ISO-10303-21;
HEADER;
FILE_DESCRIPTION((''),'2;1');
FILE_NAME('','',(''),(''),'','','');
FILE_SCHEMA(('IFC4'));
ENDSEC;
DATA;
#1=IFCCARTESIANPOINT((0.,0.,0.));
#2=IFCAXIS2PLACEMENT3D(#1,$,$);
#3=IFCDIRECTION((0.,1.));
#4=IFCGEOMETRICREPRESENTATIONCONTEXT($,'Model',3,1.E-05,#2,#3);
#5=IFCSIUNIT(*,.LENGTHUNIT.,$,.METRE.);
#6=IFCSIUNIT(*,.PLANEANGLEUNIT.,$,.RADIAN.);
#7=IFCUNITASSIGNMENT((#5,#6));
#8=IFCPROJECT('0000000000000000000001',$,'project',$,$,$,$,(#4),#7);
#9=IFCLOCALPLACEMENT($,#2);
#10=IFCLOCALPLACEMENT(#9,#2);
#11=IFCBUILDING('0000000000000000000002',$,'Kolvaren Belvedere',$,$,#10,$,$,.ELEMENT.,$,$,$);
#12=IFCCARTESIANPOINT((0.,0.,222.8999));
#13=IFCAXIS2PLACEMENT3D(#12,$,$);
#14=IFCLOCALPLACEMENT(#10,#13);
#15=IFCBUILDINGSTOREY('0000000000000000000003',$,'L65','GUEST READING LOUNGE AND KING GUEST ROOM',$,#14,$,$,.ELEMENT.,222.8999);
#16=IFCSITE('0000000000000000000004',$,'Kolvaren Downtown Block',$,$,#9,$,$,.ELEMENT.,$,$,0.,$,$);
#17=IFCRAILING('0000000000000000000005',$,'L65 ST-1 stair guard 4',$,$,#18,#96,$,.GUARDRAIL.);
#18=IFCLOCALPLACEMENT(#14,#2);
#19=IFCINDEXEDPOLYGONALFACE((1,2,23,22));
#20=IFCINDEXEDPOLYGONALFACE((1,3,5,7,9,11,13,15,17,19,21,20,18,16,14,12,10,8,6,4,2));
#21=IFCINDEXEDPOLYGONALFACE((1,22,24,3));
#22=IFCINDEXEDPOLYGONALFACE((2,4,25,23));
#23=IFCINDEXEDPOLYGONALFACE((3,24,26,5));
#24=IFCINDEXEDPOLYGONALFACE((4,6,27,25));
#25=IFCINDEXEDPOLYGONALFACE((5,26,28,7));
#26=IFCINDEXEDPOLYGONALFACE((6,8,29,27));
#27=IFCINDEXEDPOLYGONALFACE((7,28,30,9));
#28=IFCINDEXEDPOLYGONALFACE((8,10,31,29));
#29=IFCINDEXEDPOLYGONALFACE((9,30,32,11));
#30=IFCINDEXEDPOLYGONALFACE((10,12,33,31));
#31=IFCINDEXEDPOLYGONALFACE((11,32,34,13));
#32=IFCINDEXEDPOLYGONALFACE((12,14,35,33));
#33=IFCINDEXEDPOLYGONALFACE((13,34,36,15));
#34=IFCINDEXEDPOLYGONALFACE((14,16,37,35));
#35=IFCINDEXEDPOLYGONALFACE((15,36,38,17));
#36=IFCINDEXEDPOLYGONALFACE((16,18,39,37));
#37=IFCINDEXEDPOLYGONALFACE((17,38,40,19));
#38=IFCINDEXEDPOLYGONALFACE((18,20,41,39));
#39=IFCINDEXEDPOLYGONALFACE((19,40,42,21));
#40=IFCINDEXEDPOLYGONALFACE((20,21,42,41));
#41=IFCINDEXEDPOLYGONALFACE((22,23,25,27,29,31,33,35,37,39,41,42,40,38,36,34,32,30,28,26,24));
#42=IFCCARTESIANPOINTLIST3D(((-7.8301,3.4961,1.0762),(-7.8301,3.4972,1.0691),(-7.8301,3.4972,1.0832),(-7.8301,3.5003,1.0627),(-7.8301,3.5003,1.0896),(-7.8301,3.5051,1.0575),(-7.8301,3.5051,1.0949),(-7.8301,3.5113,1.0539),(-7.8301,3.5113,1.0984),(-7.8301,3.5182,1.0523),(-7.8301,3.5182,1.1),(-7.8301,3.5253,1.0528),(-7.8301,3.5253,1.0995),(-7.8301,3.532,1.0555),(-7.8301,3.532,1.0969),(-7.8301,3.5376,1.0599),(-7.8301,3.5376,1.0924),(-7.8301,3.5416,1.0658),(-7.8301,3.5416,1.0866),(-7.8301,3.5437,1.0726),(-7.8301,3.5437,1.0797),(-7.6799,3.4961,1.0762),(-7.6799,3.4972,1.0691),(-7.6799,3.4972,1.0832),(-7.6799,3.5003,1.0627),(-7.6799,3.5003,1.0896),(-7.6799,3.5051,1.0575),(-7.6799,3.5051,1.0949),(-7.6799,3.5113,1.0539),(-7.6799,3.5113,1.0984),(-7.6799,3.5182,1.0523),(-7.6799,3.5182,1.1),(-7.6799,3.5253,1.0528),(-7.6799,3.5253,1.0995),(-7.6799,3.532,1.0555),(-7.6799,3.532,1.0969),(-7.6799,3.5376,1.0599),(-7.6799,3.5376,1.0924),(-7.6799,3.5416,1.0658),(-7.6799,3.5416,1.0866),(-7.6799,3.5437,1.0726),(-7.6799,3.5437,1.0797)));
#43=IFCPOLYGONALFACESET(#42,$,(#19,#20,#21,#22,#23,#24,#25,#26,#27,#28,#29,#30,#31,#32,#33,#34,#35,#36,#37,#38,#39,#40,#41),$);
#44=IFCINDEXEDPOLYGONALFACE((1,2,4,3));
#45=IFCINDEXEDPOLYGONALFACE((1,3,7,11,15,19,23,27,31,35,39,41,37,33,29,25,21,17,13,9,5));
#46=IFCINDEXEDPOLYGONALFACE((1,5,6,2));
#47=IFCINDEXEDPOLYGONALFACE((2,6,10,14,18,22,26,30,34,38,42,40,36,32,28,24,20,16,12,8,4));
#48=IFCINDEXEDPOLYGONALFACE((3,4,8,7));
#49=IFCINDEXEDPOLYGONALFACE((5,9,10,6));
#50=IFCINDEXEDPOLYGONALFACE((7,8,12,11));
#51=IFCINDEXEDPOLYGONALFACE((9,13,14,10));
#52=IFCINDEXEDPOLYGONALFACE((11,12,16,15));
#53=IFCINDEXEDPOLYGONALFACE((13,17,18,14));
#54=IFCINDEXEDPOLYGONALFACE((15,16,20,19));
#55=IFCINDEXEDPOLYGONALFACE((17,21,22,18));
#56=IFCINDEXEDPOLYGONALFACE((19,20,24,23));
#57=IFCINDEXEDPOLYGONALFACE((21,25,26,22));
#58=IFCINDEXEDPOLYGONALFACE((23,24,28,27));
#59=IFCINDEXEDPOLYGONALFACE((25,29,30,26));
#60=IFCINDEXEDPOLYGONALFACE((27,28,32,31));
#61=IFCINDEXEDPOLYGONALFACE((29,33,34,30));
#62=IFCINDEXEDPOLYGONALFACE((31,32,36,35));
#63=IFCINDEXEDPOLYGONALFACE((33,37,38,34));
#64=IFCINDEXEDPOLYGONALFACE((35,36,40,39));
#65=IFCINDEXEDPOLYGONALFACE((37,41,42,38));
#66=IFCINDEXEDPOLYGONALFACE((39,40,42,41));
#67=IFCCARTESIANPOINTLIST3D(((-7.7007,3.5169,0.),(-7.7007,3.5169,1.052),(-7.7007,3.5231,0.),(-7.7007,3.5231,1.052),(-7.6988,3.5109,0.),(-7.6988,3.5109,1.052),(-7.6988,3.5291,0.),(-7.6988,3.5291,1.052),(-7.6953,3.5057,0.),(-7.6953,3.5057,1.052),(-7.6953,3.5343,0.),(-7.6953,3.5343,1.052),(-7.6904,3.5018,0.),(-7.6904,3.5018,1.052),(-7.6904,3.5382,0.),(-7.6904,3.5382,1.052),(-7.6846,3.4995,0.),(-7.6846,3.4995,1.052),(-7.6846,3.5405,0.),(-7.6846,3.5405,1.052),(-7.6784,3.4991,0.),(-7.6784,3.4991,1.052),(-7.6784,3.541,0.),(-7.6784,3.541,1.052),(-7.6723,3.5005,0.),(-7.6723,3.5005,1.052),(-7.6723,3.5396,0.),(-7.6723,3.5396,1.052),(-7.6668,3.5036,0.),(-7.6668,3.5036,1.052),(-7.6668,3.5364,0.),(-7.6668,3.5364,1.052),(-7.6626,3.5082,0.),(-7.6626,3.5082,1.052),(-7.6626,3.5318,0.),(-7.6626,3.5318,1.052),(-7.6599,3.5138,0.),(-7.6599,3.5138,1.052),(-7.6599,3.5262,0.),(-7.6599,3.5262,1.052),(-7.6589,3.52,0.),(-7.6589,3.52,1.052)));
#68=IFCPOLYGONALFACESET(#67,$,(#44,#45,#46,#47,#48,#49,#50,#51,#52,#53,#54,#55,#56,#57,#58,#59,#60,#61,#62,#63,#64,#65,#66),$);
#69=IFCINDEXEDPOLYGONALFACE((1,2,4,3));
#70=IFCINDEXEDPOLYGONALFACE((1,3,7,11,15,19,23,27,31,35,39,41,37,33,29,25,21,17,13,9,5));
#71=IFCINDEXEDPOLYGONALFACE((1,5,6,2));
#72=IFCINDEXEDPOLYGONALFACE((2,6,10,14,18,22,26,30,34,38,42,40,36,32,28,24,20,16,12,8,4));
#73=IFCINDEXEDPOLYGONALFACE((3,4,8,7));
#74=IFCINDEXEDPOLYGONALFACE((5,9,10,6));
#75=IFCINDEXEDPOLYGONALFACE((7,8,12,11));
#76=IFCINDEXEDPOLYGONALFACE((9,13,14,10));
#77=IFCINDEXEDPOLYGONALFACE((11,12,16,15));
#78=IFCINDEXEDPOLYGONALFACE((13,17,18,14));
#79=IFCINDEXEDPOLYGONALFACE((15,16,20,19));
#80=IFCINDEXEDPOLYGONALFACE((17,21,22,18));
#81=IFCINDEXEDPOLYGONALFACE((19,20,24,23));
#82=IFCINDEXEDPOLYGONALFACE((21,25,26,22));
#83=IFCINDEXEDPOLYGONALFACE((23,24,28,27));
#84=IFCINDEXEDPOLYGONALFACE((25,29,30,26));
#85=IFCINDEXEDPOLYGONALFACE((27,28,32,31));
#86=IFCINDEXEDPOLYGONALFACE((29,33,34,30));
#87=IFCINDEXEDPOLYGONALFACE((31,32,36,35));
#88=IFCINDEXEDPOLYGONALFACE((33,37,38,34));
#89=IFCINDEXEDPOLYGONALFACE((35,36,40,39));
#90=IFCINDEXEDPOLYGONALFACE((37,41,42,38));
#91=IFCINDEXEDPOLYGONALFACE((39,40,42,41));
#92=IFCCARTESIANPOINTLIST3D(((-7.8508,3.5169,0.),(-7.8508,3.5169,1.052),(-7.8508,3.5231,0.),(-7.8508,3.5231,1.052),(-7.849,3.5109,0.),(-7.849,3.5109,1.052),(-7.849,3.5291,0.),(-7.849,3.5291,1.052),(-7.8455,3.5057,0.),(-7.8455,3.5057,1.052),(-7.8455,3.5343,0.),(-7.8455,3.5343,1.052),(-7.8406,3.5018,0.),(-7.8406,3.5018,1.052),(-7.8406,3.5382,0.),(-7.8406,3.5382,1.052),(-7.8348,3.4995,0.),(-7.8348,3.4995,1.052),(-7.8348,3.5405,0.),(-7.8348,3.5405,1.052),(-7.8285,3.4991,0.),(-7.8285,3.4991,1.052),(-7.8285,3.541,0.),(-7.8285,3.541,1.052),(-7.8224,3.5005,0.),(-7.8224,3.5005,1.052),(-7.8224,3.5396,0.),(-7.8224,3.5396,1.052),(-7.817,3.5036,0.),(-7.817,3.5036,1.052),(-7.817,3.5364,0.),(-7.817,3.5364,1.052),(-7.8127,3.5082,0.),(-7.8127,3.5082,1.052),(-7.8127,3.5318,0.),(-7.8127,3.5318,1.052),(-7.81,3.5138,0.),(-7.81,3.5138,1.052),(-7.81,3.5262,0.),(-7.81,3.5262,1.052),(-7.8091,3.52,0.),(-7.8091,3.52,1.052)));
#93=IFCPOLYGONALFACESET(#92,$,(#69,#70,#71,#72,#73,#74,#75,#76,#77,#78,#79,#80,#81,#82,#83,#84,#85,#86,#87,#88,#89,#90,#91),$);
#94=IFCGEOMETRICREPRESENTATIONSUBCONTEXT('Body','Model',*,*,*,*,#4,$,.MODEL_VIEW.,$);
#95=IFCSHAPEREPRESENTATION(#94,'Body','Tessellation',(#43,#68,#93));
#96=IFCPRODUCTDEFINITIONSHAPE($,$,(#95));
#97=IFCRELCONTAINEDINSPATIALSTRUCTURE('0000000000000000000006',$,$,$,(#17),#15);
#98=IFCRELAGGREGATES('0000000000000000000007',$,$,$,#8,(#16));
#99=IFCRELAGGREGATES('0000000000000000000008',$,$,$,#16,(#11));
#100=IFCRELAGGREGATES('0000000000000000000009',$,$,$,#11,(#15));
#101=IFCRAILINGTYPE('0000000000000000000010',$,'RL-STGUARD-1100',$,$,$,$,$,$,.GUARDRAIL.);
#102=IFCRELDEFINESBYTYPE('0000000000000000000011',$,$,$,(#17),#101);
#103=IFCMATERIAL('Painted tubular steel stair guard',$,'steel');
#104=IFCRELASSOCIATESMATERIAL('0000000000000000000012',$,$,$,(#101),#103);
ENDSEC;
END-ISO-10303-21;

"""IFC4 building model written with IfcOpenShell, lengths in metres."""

from ifc_helpers import new_model, si_unit, direction, frame, origin, origin_2d, place, context, subcontext, project, spatial, circle, extrude, material, type_object, element, save


model = new_model("IFC4")

# Units and contexts
model_context = context("Model", 3, precision=1e-05, world=origin(), true_north=direction((0.0, 1.0)))
body_context = subcontext(model_context, "Body", "Model", "MODEL_VIEW")
ifc_project = project(units=[si_unit("LENGTHUNIT", "METRE"), si_unit("PLANEANGLEUNIT", "RADIAN")], contexts=[model_context])

# Site, building, storey
site_placement = place(None, origin())
site = spatial("IfcSite", under=ifc_project, at=site_placement, Name="Kolvaren Downtown Block", CompositionType="ELEMENT", RefElevation=0.0)
building_placement = place(site_placement, origin())
building = spatial("IfcBuilding", under=site, at=building_placement, Name="Kolvaren Belvedere", CompositionType="ELEMENT")
storey_placement = place(building_placement, frame((0.0, 0.0, 222.8999)))
storey = spatial("IfcBuildingStorey", under=building, at=storey_placement, Name="L65", Description="GUEST READING LOUNGE AND KING GUEST ROOM", CompositionType="ELEMENT", Elevation=222.8999)

# Railing
ifc_material_1 = material(Name="Painted tubular steel stair guard", Category="steel")
railing_type_1 = type_object("IfcRailingType", Name="RL-STGUARD-1100", PredefinedType="GUARDRAIL", material=ifc_material_1)
railing_1_placement = place(storey_placement, frame((-7.6799, 3.52, 0.0)))
element("IfcRailing", 1, at=railing_1_placement, inside=storey, type_object=railing_type_1, Name="L65 ST-1 stair guard 4", PredefinedType="GUARDRAIL", context=body_context, shape_type="SweptSolid", body=[
    extrude(circle(Radius=0.0239, at=origin_2d()), frame((0.0, 0.0, 1.0762), z_axis=(-1.0, 0.0, 0.0), x_axis=(0.0, -1.0, 0.0)), (0.0, 0.0, 1.0), 0.1501),
    extrude(circle(Radius=0.021, at=origin_2d()), origin(), (0.0, 0.0, 1.0), 1.052),
    extrude(circle(Radius=0.021, at=origin_2d()), frame((-0.1501, 0.0, 0.0)), (0.0, 0.0, 1.0), 1.052),
])

save(model, "model.ifc")
